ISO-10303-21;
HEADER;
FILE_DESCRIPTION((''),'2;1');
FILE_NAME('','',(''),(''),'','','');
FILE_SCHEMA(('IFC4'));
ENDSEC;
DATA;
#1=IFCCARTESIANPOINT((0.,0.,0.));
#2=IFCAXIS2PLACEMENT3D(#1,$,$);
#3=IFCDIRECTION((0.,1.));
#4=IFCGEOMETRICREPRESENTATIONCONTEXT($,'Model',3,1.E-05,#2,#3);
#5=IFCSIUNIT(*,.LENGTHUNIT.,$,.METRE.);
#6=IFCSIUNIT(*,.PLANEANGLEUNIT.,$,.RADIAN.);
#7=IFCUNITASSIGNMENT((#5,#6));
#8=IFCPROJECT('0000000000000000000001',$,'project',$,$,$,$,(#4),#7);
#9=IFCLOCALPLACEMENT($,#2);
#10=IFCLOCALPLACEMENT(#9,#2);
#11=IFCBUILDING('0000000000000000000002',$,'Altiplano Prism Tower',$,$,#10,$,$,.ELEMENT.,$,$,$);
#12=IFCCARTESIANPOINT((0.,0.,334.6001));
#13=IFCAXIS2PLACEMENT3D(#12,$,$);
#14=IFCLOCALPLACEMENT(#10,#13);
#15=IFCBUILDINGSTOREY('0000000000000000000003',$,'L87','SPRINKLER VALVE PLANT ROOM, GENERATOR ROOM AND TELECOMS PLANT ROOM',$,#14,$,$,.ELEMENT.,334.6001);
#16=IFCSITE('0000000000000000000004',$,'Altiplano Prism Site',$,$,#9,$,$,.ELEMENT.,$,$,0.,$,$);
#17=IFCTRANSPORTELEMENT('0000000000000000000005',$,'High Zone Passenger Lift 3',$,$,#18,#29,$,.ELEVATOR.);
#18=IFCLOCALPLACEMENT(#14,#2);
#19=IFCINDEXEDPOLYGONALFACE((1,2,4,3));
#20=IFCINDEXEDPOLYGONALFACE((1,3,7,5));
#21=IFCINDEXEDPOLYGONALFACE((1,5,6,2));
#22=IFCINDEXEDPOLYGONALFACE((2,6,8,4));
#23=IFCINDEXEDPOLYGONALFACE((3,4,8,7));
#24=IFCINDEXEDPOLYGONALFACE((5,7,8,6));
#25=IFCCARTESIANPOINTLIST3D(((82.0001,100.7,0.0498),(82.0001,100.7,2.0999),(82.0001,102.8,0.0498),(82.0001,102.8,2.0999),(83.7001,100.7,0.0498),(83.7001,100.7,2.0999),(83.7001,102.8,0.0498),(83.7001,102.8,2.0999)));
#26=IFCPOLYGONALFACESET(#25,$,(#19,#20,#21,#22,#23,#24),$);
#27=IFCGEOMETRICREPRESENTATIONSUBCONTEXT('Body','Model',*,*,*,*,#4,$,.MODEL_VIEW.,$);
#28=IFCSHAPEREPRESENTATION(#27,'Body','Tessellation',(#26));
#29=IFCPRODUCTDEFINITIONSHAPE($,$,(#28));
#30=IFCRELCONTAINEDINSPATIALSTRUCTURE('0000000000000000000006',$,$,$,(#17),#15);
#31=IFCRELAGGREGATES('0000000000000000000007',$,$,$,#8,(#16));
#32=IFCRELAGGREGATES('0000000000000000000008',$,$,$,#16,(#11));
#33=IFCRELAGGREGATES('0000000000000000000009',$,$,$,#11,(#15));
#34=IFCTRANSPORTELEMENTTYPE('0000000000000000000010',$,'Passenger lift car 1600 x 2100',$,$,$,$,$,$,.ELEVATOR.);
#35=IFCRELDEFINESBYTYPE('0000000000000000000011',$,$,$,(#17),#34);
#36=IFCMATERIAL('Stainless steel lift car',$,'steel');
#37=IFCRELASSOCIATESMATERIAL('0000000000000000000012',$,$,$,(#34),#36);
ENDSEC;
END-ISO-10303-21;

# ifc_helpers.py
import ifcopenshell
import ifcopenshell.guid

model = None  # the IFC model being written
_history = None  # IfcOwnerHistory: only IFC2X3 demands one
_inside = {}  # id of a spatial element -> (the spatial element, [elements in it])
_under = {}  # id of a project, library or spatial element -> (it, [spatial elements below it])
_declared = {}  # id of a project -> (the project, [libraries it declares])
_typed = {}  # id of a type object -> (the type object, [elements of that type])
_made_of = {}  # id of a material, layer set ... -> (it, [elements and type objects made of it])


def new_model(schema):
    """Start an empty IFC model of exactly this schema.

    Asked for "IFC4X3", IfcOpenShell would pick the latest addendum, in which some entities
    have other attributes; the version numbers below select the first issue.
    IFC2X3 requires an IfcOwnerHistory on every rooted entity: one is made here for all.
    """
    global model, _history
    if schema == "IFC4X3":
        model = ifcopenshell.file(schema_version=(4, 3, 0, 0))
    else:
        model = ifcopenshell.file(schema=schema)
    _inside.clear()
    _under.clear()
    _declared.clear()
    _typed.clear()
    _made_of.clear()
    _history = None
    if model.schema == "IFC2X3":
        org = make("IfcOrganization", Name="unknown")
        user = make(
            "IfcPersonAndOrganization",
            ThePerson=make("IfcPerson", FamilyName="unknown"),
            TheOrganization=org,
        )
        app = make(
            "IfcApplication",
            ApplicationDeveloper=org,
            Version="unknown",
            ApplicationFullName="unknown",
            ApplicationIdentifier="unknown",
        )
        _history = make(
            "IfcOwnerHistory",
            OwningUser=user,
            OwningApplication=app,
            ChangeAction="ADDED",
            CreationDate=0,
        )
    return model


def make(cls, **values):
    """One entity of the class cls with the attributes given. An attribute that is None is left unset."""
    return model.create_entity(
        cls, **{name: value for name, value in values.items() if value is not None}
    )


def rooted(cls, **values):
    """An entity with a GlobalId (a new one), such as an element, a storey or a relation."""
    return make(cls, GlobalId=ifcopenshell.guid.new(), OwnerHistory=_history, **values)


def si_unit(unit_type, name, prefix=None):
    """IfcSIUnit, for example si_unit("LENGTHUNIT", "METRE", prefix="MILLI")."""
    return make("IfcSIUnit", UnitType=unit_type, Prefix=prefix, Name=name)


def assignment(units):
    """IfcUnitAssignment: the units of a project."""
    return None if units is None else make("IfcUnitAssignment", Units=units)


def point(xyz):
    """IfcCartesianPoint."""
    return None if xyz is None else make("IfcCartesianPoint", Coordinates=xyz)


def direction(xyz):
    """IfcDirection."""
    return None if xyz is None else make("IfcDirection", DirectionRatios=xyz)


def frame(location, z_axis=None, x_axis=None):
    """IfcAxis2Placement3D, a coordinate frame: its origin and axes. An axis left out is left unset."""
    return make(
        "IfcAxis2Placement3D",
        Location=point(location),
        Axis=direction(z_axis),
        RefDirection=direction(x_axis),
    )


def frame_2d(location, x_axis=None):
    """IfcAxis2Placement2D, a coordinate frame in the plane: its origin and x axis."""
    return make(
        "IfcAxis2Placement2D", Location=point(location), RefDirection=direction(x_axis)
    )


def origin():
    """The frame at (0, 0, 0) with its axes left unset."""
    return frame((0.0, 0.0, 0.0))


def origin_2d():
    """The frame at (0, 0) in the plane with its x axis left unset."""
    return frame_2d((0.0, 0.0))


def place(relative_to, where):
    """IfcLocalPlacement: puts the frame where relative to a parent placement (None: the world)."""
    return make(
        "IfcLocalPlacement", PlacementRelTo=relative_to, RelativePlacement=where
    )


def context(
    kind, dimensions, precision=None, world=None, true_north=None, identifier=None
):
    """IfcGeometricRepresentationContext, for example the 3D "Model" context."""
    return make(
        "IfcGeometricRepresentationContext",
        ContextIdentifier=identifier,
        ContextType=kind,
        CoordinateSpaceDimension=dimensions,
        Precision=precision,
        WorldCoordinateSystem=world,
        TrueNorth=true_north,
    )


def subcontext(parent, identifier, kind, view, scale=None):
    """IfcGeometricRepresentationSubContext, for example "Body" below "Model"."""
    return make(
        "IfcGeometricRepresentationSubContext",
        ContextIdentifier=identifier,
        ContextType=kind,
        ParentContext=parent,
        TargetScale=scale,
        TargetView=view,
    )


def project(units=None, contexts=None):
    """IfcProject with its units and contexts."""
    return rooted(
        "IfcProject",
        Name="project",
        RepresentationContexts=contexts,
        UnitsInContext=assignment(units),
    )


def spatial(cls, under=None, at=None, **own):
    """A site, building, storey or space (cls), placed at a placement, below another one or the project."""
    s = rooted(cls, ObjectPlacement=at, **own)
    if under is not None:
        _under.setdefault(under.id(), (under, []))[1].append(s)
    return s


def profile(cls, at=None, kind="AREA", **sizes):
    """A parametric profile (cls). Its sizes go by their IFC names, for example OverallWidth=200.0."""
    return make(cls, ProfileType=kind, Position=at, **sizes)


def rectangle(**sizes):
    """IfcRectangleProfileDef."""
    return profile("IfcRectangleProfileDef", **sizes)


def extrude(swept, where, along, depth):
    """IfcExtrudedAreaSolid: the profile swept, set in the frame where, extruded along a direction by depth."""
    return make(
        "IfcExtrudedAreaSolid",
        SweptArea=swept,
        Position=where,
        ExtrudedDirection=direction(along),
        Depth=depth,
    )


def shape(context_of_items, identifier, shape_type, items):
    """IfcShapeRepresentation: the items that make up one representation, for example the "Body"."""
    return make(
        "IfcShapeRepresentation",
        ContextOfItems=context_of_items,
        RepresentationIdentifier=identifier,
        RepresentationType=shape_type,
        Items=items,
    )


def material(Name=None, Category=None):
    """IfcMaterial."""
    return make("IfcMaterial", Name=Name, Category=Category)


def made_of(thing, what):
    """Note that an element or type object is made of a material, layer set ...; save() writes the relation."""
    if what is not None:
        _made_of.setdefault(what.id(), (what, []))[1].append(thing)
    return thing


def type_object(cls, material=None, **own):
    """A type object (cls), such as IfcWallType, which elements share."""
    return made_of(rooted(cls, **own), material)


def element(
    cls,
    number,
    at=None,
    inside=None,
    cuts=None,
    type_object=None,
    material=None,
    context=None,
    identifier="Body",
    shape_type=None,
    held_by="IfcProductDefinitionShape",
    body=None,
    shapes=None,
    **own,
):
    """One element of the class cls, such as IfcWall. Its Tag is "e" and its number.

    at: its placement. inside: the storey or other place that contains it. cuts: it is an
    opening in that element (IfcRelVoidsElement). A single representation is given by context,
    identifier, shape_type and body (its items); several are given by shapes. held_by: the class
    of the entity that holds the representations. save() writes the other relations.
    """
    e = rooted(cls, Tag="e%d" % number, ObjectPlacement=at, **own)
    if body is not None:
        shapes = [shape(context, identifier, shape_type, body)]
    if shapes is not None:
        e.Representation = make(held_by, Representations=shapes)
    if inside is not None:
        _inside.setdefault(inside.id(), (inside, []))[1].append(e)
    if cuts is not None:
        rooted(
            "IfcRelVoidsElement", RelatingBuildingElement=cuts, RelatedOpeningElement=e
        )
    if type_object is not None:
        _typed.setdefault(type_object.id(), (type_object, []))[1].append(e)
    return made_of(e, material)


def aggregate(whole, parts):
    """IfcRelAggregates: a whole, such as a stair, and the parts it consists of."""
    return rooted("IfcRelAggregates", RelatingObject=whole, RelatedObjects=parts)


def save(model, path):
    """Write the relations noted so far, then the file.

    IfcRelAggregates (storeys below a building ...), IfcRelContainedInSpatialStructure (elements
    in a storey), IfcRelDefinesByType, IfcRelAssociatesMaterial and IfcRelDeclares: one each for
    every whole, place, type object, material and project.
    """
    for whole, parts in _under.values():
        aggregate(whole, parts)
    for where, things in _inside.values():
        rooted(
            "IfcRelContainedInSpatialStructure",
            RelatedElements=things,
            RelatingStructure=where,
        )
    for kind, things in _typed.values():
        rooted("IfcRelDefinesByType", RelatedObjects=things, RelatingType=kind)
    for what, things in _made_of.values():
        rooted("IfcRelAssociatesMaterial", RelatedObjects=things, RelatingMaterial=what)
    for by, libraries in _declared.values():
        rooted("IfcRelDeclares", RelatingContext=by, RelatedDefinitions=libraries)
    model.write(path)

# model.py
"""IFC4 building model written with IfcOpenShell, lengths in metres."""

from ifc_helpers import new_model, si_unit, direction, frame, origin, origin_2d, place, context, subcontext, project, spatial, rectangle, extrude, material, type_object, element, save


model = new_model("IFC4")

# Units and contexts
model_context = context("Model", 3, precision=1e-05, world=origin(), true_north=direction((0.0, 1.0)))
body_context = subcontext(model_context, "Body", "Model", "MODEL_VIEW")
ifc_project = project(units=[si_unit("LENGTHUNIT", "METRE"), si_unit("PLANEANGLEUNIT", "RADIAN")], contexts=[model_context])

# Site, building, storey
site_placement = place(None, origin())
site = spatial("IfcSite", under=ifc_project, at=site_placement, Name="Altiplano Prism Site", CompositionType="ELEMENT", RefElevation=0.0)
building_placement = place(site_placement, origin())
building = spatial("IfcBuilding", under=site, at=building_placement, Name="Altiplano Prism Tower", CompositionType="ELEMENT")
storey_placement = place(building_placement, frame((0.0, 0.0, 334.6001)))
storey = spatial("IfcBuildingStorey", under=building, at=storey_placement, Name="L87", Description="SPRINKLER VALVE PLANT ROOM, GENERATOR ROOM AND TELECOMS PLANT ROOM", CompositionType="ELEMENT", Elevation=334.6001)

# Transport element
ifc_material_1 = material(Name="Stainless steel lift car", Category="steel")
transport_element_type = type_object("IfcTransportElementType", Name="Passenger lift car 1600 x 2100", PredefinedType="ELEVATOR", material=ifc_material_1)
for number, where, z_axis, x_axis, name in (
    (1, (82.8501, 101.75, 0.0498), (0.0, 0.0, 1.0), (1.0, 0.0, 0.0), "High Zone Passenger Lift 3"),
):
    element("IfcTransportElement", number, at=place(storey_placement, frame(where, z_axis=z_axis, x_axis=x_axis)), inside=storey, type_object=transport_element_type, Name=name, PredefinedType="ELEVATOR", context=body_context, shape_type="SweptSolid", body=[
        extrude(rectangle(XDim=1.7, YDim=2.1001, at=origin_2d()), origin(), (0.0, 0.0, 1.0), 2.05),
    ])

save(model, "model.ifc")
